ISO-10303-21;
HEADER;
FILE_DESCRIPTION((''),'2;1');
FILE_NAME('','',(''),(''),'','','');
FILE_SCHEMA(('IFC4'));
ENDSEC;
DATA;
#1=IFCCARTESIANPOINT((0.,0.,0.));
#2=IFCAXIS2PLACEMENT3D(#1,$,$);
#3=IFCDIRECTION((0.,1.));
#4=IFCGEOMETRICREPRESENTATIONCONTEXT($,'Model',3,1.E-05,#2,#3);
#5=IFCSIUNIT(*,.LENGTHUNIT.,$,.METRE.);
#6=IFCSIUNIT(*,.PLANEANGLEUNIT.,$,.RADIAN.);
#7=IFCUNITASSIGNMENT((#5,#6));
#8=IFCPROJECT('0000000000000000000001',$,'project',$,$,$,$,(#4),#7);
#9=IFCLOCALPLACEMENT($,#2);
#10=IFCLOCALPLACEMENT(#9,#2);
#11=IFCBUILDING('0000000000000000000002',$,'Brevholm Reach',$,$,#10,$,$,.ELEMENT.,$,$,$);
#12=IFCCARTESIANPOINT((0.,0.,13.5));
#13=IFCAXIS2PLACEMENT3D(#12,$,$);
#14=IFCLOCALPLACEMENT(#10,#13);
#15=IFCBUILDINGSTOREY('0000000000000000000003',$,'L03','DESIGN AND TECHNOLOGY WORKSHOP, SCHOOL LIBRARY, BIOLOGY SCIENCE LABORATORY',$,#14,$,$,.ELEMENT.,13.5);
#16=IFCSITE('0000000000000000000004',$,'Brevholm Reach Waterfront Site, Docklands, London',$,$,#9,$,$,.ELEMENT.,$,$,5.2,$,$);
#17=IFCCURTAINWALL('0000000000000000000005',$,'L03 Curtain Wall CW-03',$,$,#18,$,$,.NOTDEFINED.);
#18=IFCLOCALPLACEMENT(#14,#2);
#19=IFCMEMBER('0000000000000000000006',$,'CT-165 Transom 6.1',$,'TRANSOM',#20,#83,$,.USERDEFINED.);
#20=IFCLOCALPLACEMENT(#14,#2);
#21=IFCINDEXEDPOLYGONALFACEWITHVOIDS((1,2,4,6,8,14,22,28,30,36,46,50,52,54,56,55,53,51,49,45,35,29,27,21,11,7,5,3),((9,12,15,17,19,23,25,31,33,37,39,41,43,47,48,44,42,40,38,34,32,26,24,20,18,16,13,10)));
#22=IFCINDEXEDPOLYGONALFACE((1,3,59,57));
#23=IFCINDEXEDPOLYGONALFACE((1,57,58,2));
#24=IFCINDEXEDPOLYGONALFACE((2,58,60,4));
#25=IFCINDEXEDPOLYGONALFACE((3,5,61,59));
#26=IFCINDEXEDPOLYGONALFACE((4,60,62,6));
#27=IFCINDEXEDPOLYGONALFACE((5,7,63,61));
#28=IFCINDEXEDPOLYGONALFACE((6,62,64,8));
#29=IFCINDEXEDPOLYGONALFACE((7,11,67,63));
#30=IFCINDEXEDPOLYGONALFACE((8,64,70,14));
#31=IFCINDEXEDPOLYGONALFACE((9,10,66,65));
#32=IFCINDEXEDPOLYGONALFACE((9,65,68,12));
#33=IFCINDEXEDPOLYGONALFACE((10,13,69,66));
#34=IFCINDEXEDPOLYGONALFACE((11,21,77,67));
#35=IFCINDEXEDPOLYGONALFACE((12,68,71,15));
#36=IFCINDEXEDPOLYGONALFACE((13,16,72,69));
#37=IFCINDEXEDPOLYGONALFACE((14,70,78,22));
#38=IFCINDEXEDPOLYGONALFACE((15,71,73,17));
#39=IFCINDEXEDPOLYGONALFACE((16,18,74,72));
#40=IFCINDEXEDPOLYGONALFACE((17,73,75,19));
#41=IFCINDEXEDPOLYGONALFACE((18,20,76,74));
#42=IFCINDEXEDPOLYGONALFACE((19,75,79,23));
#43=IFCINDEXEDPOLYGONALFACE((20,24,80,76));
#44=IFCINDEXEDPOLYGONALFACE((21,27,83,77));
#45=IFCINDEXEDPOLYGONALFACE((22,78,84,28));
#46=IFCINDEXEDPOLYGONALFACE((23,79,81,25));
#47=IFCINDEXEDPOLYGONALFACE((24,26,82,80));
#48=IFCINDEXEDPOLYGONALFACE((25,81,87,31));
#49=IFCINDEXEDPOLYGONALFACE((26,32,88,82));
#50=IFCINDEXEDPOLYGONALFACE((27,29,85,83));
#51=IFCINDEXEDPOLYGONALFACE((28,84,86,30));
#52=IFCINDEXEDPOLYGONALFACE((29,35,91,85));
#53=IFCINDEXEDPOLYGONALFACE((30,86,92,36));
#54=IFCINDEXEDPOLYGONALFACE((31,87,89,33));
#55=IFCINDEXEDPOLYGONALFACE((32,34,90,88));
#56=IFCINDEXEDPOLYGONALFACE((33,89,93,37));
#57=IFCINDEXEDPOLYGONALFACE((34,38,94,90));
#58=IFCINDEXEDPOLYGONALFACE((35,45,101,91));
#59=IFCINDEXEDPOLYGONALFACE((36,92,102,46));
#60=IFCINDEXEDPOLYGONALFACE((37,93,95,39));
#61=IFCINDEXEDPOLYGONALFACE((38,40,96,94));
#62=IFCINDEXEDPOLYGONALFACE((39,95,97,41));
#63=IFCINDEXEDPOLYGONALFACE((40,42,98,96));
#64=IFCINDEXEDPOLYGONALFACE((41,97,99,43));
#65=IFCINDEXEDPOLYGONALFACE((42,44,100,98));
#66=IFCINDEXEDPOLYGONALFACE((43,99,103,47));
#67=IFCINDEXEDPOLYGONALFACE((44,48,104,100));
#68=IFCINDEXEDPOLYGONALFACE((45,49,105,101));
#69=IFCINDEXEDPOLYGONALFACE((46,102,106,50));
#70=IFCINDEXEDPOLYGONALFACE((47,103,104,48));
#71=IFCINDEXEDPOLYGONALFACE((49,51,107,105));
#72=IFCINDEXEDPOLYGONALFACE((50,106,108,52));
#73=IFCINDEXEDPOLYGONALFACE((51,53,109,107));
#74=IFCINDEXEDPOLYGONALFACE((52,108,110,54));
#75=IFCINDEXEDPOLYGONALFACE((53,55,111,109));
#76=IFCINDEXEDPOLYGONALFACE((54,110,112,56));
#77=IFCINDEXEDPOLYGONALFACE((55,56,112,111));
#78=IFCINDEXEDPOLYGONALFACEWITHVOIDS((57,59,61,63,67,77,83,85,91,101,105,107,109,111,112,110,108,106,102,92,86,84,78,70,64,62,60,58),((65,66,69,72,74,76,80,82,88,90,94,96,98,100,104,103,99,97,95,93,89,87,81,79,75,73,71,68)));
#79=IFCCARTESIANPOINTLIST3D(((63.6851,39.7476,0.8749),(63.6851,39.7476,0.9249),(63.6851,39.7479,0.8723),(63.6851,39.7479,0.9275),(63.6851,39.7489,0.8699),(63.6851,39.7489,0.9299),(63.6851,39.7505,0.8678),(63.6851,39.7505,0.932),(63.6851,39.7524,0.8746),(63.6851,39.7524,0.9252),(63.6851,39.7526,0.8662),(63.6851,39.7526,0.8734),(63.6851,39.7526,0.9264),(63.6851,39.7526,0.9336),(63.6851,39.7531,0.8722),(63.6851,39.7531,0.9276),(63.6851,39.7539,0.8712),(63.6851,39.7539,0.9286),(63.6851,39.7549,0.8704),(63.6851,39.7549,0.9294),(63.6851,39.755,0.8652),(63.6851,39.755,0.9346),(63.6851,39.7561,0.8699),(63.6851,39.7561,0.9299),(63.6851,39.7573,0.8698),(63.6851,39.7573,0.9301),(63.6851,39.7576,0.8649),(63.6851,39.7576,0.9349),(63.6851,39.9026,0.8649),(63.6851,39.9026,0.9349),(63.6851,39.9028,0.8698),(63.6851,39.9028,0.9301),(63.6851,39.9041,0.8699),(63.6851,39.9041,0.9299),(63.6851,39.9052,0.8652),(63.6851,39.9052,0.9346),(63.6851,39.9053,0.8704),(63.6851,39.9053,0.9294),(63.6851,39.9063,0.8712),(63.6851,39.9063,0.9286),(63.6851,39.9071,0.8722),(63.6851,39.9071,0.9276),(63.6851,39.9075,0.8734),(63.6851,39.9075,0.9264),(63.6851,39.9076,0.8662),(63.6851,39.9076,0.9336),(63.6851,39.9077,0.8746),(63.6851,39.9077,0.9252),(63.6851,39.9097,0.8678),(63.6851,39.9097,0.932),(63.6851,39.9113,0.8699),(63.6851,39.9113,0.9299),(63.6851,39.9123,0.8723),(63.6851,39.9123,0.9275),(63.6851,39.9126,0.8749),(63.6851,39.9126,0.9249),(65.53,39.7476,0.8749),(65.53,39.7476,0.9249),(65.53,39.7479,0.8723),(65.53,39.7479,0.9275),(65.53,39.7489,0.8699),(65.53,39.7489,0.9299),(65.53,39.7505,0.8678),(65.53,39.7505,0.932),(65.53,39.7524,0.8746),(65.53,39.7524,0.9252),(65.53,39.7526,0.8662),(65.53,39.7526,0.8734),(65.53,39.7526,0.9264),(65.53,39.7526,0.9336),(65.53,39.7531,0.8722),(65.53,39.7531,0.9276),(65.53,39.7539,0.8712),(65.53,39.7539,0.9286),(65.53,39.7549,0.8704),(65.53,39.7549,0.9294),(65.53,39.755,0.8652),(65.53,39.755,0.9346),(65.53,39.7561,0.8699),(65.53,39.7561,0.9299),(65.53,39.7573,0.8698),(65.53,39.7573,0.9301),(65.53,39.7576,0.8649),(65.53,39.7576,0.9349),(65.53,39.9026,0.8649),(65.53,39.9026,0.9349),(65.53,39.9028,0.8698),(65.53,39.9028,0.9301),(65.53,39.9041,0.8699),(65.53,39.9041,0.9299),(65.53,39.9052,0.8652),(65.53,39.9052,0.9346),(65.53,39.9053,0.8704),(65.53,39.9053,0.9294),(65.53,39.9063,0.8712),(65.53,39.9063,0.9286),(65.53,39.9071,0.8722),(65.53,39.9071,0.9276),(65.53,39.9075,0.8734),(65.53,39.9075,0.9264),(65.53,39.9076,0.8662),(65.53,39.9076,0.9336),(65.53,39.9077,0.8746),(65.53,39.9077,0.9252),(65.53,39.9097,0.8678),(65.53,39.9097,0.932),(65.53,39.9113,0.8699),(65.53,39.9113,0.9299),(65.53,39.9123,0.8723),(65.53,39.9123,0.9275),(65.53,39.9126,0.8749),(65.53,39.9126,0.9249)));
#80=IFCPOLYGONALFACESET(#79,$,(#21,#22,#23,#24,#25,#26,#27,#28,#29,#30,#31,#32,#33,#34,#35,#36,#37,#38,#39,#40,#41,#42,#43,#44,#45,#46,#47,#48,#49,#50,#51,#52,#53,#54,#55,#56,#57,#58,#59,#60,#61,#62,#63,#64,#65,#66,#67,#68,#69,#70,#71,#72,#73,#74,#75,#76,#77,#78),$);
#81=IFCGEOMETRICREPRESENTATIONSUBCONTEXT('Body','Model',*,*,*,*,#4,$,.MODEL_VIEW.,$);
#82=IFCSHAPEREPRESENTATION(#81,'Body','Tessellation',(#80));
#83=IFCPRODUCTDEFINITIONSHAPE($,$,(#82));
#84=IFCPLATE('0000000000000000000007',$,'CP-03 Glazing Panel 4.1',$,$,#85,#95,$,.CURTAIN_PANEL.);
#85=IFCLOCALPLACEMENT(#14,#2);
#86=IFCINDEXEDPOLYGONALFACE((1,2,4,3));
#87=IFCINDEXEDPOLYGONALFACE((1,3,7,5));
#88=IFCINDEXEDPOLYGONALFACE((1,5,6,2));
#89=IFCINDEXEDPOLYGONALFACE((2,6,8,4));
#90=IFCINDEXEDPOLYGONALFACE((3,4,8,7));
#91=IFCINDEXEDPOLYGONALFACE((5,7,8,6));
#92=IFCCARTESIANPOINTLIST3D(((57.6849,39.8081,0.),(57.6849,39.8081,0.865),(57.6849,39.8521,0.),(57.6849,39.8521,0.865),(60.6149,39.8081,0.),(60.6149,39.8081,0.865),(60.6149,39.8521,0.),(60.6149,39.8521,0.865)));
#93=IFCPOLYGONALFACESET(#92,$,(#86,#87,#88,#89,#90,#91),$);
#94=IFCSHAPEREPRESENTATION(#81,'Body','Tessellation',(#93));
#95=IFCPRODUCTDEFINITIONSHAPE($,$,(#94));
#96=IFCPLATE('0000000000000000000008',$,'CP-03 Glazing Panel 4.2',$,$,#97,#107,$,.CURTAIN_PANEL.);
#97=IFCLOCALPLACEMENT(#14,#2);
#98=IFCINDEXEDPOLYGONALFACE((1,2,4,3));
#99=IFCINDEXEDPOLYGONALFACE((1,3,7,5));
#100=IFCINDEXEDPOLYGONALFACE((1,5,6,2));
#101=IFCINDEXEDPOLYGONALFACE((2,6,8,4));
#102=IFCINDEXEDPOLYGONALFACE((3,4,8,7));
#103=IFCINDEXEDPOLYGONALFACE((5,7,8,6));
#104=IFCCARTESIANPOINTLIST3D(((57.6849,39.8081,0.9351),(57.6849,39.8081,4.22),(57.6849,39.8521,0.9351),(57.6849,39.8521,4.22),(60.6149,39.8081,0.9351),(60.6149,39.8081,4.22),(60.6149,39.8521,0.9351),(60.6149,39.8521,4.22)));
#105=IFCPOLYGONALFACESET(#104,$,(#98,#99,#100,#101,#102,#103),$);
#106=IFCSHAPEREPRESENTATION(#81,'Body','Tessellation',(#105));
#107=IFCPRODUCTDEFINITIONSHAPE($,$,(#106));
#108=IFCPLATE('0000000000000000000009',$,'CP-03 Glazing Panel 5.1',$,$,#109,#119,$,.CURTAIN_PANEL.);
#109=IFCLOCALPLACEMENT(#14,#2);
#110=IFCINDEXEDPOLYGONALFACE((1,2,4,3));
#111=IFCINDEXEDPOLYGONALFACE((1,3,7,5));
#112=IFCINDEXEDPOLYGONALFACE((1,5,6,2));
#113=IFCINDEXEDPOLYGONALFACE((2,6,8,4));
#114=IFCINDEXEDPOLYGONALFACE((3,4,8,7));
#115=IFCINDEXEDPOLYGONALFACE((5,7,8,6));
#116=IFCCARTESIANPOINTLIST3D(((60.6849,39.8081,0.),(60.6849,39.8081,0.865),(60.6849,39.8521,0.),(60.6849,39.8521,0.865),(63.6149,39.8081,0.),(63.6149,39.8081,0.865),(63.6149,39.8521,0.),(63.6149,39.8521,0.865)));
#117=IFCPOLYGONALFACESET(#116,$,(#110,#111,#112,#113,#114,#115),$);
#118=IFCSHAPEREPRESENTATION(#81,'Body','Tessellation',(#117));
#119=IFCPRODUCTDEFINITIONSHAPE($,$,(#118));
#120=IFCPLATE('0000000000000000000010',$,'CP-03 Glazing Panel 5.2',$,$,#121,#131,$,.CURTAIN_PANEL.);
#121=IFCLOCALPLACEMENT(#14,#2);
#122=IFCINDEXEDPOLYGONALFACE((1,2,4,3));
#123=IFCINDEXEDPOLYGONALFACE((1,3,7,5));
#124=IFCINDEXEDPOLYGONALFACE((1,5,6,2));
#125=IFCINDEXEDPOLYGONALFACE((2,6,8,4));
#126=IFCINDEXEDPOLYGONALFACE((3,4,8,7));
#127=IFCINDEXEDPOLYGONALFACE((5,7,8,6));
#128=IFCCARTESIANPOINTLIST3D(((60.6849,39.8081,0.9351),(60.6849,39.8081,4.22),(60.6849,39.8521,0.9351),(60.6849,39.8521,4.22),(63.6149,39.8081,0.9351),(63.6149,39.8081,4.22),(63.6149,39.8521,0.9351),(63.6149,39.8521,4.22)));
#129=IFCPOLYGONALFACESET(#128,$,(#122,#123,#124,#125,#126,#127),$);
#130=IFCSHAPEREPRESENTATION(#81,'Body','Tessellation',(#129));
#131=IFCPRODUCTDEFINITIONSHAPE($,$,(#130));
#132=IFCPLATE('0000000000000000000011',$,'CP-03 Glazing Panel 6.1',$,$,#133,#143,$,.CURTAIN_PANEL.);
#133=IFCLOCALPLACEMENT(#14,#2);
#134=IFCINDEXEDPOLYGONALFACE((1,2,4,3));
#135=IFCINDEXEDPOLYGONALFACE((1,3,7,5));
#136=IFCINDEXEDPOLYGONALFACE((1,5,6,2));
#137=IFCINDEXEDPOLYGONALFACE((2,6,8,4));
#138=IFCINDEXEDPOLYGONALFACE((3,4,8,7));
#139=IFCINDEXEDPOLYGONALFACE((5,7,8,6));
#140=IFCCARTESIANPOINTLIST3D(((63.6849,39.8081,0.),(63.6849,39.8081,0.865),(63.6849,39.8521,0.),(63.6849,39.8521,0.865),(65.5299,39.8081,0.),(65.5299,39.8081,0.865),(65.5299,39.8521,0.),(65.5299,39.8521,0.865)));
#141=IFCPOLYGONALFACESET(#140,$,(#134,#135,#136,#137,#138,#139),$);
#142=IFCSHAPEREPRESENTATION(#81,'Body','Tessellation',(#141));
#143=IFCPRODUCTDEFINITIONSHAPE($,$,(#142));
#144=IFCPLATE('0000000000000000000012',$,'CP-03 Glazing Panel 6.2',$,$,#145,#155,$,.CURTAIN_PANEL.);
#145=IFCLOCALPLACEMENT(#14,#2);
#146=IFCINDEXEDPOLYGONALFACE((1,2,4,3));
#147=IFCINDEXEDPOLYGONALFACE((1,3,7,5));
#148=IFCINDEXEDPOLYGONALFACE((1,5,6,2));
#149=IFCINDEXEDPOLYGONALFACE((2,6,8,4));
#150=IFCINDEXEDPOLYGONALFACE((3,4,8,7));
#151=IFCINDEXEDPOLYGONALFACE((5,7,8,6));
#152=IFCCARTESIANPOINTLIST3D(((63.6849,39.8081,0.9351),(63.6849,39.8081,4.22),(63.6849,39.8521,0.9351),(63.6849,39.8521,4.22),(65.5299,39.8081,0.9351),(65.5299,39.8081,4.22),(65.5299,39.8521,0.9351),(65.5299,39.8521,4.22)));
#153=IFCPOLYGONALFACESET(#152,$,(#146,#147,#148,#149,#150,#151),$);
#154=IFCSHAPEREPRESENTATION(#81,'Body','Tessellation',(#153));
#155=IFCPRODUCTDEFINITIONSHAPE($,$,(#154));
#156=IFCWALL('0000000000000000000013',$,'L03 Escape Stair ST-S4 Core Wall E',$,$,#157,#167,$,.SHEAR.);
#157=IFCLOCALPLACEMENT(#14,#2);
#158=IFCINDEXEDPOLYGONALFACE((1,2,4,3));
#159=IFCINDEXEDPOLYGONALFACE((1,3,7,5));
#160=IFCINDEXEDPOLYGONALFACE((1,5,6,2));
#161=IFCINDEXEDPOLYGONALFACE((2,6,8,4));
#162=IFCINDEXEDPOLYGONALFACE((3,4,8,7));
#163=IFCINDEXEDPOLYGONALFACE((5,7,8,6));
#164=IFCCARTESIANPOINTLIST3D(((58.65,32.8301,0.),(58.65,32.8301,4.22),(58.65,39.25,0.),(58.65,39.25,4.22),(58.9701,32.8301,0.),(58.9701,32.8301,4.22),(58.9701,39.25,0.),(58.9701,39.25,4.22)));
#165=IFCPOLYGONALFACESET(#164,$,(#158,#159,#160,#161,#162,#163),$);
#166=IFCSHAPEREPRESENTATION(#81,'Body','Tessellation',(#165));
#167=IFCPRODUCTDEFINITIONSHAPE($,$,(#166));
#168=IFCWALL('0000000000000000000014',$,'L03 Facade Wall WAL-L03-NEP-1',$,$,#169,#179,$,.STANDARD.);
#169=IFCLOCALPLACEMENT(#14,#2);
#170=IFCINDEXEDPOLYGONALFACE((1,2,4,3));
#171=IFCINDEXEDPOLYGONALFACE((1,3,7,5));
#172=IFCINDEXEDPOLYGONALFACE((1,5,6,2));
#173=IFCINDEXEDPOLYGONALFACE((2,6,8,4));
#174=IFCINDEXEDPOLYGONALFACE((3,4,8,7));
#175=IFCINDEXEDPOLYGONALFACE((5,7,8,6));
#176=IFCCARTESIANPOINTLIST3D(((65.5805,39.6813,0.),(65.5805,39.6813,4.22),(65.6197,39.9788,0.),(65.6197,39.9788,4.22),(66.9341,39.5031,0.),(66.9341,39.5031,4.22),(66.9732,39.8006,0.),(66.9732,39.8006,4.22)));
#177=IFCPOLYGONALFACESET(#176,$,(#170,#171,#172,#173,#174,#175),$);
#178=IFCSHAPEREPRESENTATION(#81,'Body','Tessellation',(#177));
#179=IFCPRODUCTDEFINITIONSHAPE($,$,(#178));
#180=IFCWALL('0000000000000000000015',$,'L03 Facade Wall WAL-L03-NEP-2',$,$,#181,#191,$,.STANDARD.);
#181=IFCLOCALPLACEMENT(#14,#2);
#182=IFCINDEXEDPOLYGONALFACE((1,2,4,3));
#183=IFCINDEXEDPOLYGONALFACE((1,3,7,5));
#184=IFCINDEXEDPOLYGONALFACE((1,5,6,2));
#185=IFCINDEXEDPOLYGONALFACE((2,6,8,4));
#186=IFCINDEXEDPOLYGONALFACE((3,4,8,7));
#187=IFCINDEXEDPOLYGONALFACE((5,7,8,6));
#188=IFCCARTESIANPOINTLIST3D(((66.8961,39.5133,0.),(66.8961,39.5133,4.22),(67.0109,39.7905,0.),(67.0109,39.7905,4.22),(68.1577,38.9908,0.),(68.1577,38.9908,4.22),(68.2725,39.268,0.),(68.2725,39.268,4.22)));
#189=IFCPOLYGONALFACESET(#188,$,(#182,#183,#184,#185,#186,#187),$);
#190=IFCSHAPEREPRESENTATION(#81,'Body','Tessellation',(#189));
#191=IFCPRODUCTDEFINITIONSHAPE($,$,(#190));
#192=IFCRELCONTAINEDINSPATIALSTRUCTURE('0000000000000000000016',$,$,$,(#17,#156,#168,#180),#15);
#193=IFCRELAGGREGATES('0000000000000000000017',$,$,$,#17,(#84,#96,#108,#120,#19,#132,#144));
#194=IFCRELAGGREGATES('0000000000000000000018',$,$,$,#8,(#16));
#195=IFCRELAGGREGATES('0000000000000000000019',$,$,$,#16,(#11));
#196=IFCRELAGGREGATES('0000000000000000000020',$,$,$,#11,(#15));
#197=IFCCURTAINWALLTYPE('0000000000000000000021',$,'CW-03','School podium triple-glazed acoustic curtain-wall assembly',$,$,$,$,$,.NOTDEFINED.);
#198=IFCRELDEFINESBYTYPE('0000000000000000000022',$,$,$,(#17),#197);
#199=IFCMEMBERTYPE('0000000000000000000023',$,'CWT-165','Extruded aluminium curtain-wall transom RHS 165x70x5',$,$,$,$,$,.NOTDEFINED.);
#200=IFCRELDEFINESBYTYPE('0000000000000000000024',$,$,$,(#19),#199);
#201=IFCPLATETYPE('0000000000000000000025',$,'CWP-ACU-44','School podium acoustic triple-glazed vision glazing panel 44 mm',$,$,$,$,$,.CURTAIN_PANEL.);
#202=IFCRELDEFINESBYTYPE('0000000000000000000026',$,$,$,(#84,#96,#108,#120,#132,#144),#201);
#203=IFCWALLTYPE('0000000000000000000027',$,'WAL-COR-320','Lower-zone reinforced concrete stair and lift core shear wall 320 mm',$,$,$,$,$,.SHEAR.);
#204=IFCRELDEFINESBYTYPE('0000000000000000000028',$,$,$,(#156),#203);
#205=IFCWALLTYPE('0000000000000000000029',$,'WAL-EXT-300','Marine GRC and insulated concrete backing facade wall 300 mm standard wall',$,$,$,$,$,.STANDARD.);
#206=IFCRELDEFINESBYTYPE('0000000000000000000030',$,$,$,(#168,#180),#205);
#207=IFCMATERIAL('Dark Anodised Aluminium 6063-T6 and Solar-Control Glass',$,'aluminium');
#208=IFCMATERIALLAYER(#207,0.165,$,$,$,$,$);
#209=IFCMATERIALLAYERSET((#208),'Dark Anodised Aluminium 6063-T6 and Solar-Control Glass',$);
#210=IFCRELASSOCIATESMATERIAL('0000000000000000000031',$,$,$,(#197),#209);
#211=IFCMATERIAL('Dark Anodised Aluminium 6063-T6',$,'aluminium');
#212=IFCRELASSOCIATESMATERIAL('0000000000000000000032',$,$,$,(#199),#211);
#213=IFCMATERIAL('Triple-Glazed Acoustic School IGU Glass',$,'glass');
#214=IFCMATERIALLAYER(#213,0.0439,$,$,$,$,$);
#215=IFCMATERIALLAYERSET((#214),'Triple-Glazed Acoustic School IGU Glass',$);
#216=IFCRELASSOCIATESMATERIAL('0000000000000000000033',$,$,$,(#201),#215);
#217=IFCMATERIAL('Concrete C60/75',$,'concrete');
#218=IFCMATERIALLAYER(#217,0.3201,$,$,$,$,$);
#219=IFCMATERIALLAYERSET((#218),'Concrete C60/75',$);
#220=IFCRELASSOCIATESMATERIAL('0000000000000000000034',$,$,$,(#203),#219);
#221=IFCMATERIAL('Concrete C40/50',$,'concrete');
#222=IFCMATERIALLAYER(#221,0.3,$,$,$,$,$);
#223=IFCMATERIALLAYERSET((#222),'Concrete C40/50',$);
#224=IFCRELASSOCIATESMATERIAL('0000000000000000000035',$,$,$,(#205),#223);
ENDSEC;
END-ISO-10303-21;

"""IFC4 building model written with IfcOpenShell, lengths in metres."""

from ifc_helpers import new_model, si_unit, direction, frame, frame_2d, origin, origin_2d, place, context, subcontext, project, spatial, rectangle, hollow_rectangle, extrude, material, layer, layer_set, material_profile, profile_set, type_object, element, aggregate, save


model = new_model("IFC4")

# Units and contexts
model_context = context("Model", 3, precision=1e-05, world=origin(), true_north=direction((0.0, 1.0)))
body_context = subcontext(model_context, "Body", "Model", "MODEL_VIEW")
ifc_project = project(units=[si_unit("LENGTHUNIT", "METRE"), si_unit("PLANEANGLEUNIT", "RADIAN")], contexts=[model_context])

# Site, building, storey
site_placement = place(None, origin())
site = spatial("IfcSite", under=ifc_project, at=site_placement, Name="Brevholm Reach Waterfront Site, Docklands, London", CompositionType="ELEMENT", RefElevation=5.2)
building_placement = place(site_placement, origin())
building = spatial("IfcBuilding", under=site, at=building_placement, Name="Brevholm Reach", CompositionType="ELEMENT")
storey_placement = place(building_placement, frame((0.0, 0.0, 13.5)))
storey = spatial("IfcBuildingStorey", under=building, at=storey_placement, Name="L03", Description="DESIGN AND TECHNOLOGY WORKSHOP, SCHOOL LIBRARY, BIOLOGY SCIENCE LABORATORY", CompositionType="ELEMENT", Elevation=13.5)

# Curtain wall, member, plates
ifc_material_1 = material(Name="Dark Anodised Aluminium 6063-T6 and Solar-Control Glass", Category="aluminium")
ifc_layer_1 = layer(ifc_material_1, 0.165)
ifc_layer_set_1 = layer_set([ifc_layer_1], Name="Dark Anodised Aluminium 6063-T6 and Solar-Control Glass")
curtain_wall_type = type_object("IfcCurtainWallType", Name="CW-03", Description="School podium triple-glazed acoustic curtain-wall assembly", PredefinedType="NOTDEFINED", material=ifc_layer_set_1)
curtain_wall_placement = place(storey_placement, origin())
curtain_wall = element("IfcCurtainWall", 1, at=curtain_wall_placement, inside=storey, type_object=curtain_wall_type, Name="L03 Curtain Wall CW-03", PredefinedType="NOTDEFINED")
ifc_material_2 = material(Name="Dark Anodised Aluminium 6063-T6", Category="aluminium")
ifc_material_profile_1 = material_profile(ifc_material_2, hollow_rectangle(XDim=0.0701, YDim=0.165, WallThickness=0.0049, InnerFilletRadius=0.0049, OuterFilletRadius=0.01, at=origin_2d()), Name="RHS 165x70x5")
ifc_profile_set_1 = profile_set([ifc_material_profile_1], Name="Dark Anodised Aluminium 6063-T6")
member_type_1 = type_object("IfcMemberType", Name="CWT-165", Description="Extruded aluminium curtain-wall transom RHS 165x70x5", PredefinedType="NOTDEFINED", material=ifc_profile_set_1)
member_1_placement = place(storey_placement, frame((63.6851, 39.8301, 0.8999), z_axis=(1.0, 0.0, 0.0), x_axis=(0.0, 0.0, 1.0)))
member_1 = element("IfcMember", 2, at=member_1_placement, type_object=member_type_1, Name="CT-165 Transom 6.1", ObjectType="TRANSOM", PredefinedType="USERDEFINED", context=body_context, shape_type="SweptSolid", body=[
    extrude(hollow_rectangle(XDim=0.0701, YDim=0.165, WallThickness=0.0049, InnerFilletRadius=0.0049, OuterFilletRadius=0.01, at=origin_2d()), origin(), (0.0, 0.0, 1.0), 1.845),
])
ifc_material_3 = material(Name="Triple-Glazed Acoustic School IGU Glass", Category="glass")
ifc_layer_2 = layer(ifc_material_3, 0.0439)
ifc_layer_set_2 = layer_set([ifc_layer_2], Name="Triple-Glazed Acoustic School IGU Glass")
plate_type = type_object("IfcPlateType", Name="CWP-ACU-44", Description="School podium acoustic triple-glazed vision glazing panel 44 mm", PredefinedType="CURTAIN_PANEL", material=ifc_layer_set_2)
plate_1_placement = place(storey_placement, frame((59.1499, 39.8301, 0.0), z_axis=(0.0, 0.0, 1.0), x_axis=(1.0, 0.0, 0.0)))
plate_1 = element("IfcPlate", 3, at=plate_1_placement, type_object=plate_type, Name="CP-03 Glazing Panel 4.1", PredefinedType="CURTAIN_PANEL", context=body_context, shape_type="SweptSolid", body=[
    extrude(rectangle(XDim=2.9299, YDim=0.0439, at=origin_2d()), origin(), (0.0, 0.0, 1.0), 0.865),
])
plate_2_placement = place(storey_placement, frame((59.1499, 39.8301, 0.9351), z_axis=(0.0, 0.0, 1.0), x_axis=(1.0, 0.0, 0.0)))
plate_2 = element("IfcPlate", 4, at=plate_2_placement, type_object=plate_type, Name="CP-03 Glazing Panel 4.2", PredefinedType="CURTAIN_PANEL", context=body_context, shape_type="SweptSolid", body=[
    extrude(rectangle(XDim=2.9299, YDim=0.0439, at=origin_2d()), origin(), (0.0, 0.0, 1.0), 3.2849),
])
plate_3_placement = place(storey_placement, frame((62.1499, 39.8301, 0.0), z_axis=(0.0, 0.0, 1.0), x_axis=(1.0, 0.0, 0.0)))
plate_3 = element("IfcPlate", 5, at=plate_3_placement, type_object=plate_type, Name="CP-03 Glazing Panel 5.1", PredefinedType="CURTAIN_PANEL", context=body_context, shape_type="SweptSolid", body=[
    extrude(rectangle(XDim=2.9299, YDim=0.0439, at=origin_2d()), origin(), (0.0, 0.0, 1.0), 0.865),
])
plate_4_placement = place(storey_placement, frame((62.1499, 39.8301, 0.9351), z_axis=(0.0, 0.0, 1.0), x_axis=(1.0, 0.0, 0.0)))
plate_4 = element("IfcPlate", 6, at=plate_4_placement, type_object=plate_type, Name="CP-03 Glazing Panel 5.2", PredefinedType="CURTAIN_PANEL", context=body_context, shape_type="SweptSolid", body=[
    extrude(rectangle(XDim=2.9299, YDim=0.0439, at=origin_2d()), origin(), (0.0, 0.0, 1.0), 3.2849),
])
plate_5_placement = place(storey_placement, frame((64.6074, 39.8301, 0.0), z_axis=(0.0, 0.0, 1.0), x_axis=(1.0, 0.0, 0.0)))
plate_5 = element("IfcPlate", 7, at=plate_5_placement, type_object=plate_type, Name="CP-03 Glazing Panel 6.1", PredefinedType="CURTAIN_PANEL", context=body_context, shape_type="SweptSolid", body=[
    extrude(rectangle(XDim=1.845, YDim=0.0439, at=origin_2d()), origin(), (0.0, 0.0, 1.0), 0.865),
])
plate_6_placement = place(storey_placement, frame((64.6074, 39.8301, 0.9351), z_axis=(0.0, 0.0, 1.0), x_axis=(1.0, 0.0, 0.0)))
plate_6 = element("IfcPlate", 8, at=plate_6_placement, type_object=plate_type, Name="CP-03 Glazing Panel 6.2", PredefinedType="CURTAIN_PANEL", context=body_context, shape_type="SweptSolid", body=[
    extrude(rectangle(XDim=1.845, YDim=0.0439, at=origin_2d()), origin(), (0.0, 0.0, 1.0), 3.2849),
])
aggregate(curtain_wall, [plate_1, plate_2, plate_3, plate_4, member_1, plate_5, plate_6])

# Walls
ifc_material_4 = material(Name="Concrete C60/75", Category="concrete")
ifc_layer_3 = layer(ifc_material_4, 0.3201)
ifc_layer_set_3 = layer_set([ifc_layer_3], Name="Concrete C60/75")
wall_type_1 = type_object("IfcWallType", Name="WAL-COR-320", Description="Lower-zone reinforced concrete stair and lift core shear wall 320 mm", PredefinedType="SHEAR", material=ifc_layer_set_3)
wall_1_placement = place(storey_placement, frame((58.8101, 32.8301, 0.0), z_axis=(0.0, 0.0, 1.0), x_axis=(0.0, 1.0, 0.0)))
element("IfcWall", 9, at=wall_1_placement, inside=storey, type_object=wall_type_1, Name="L03 Escape Stair ST-S4 Core Wall E", PredefinedType="SHEAR", context=body_context, shape_type="SweptSolid", body=[
    extrude(rectangle(XDim=6.4199, YDim=0.3201, at=frame_2d((3.21, 0.0))), origin(), (0.0, 0.0, 1.0), 4.22),
])
ifc_material_5 = material(Name="Concrete C40/50", Category="concrete")
ifc_layer_4 = layer(ifc_material_5, 0.3)
ifc_layer_set_4 = layer_set([ifc_layer_4], Name="Concrete C40/50")
wall_type_2 = type_object("IfcWallType", Name="WAL-EXT-300", Description="Marine GRC and insulated concrete backing facade wall 300 mm standard wall", PredefinedType="STANDARD", material=ifc_layer_set_4)
wall_2_placement = place(storey_placement, frame((65.6001, 39.8301, 0.0), z_axis=(0.0, 0.0, 1.0), x_axis=(0.991442, -0.130547, 0.0)))
element("IfcWall", 10, at=wall_2_placement, inside=storey, type_object=wall_type_2, Name="L03 Facade Wall WAL-L03-NEP-1", PredefinedType="STANDARD", context=body_context, shape_type="SweptSolid", body=[
    extrude(rectangle(XDim=1.3652, YDim=0.3, at=frame_2d((0.6826, 0.0))), origin(), (0.0, 0.0, 1.0), 4.22),
])
wall_3_placement = place(storey_placement, frame((66.9536, 39.6519, 0.0), z_axis=(0.0, 0.0, 1.0), x_axis=(0.923895, -0.382647, 0.0)))
element("IfcWall", 11, at=wall_3_placement, inside=storey, type_object=wall_type_2, Name="L03 Facade Wall WAL-L03-NEP-2", PredefinedType="STANDARD", context=body_context, shape_type="SweptSolid", body=[
    extrude(rectangle(XDim=1.3655, YDim=0.3, at=frame_2d((0.6826, 0.0))), origin(), (0.0, 0.0, 1.0), 4.22),
])

save(model, "model.ifc")
